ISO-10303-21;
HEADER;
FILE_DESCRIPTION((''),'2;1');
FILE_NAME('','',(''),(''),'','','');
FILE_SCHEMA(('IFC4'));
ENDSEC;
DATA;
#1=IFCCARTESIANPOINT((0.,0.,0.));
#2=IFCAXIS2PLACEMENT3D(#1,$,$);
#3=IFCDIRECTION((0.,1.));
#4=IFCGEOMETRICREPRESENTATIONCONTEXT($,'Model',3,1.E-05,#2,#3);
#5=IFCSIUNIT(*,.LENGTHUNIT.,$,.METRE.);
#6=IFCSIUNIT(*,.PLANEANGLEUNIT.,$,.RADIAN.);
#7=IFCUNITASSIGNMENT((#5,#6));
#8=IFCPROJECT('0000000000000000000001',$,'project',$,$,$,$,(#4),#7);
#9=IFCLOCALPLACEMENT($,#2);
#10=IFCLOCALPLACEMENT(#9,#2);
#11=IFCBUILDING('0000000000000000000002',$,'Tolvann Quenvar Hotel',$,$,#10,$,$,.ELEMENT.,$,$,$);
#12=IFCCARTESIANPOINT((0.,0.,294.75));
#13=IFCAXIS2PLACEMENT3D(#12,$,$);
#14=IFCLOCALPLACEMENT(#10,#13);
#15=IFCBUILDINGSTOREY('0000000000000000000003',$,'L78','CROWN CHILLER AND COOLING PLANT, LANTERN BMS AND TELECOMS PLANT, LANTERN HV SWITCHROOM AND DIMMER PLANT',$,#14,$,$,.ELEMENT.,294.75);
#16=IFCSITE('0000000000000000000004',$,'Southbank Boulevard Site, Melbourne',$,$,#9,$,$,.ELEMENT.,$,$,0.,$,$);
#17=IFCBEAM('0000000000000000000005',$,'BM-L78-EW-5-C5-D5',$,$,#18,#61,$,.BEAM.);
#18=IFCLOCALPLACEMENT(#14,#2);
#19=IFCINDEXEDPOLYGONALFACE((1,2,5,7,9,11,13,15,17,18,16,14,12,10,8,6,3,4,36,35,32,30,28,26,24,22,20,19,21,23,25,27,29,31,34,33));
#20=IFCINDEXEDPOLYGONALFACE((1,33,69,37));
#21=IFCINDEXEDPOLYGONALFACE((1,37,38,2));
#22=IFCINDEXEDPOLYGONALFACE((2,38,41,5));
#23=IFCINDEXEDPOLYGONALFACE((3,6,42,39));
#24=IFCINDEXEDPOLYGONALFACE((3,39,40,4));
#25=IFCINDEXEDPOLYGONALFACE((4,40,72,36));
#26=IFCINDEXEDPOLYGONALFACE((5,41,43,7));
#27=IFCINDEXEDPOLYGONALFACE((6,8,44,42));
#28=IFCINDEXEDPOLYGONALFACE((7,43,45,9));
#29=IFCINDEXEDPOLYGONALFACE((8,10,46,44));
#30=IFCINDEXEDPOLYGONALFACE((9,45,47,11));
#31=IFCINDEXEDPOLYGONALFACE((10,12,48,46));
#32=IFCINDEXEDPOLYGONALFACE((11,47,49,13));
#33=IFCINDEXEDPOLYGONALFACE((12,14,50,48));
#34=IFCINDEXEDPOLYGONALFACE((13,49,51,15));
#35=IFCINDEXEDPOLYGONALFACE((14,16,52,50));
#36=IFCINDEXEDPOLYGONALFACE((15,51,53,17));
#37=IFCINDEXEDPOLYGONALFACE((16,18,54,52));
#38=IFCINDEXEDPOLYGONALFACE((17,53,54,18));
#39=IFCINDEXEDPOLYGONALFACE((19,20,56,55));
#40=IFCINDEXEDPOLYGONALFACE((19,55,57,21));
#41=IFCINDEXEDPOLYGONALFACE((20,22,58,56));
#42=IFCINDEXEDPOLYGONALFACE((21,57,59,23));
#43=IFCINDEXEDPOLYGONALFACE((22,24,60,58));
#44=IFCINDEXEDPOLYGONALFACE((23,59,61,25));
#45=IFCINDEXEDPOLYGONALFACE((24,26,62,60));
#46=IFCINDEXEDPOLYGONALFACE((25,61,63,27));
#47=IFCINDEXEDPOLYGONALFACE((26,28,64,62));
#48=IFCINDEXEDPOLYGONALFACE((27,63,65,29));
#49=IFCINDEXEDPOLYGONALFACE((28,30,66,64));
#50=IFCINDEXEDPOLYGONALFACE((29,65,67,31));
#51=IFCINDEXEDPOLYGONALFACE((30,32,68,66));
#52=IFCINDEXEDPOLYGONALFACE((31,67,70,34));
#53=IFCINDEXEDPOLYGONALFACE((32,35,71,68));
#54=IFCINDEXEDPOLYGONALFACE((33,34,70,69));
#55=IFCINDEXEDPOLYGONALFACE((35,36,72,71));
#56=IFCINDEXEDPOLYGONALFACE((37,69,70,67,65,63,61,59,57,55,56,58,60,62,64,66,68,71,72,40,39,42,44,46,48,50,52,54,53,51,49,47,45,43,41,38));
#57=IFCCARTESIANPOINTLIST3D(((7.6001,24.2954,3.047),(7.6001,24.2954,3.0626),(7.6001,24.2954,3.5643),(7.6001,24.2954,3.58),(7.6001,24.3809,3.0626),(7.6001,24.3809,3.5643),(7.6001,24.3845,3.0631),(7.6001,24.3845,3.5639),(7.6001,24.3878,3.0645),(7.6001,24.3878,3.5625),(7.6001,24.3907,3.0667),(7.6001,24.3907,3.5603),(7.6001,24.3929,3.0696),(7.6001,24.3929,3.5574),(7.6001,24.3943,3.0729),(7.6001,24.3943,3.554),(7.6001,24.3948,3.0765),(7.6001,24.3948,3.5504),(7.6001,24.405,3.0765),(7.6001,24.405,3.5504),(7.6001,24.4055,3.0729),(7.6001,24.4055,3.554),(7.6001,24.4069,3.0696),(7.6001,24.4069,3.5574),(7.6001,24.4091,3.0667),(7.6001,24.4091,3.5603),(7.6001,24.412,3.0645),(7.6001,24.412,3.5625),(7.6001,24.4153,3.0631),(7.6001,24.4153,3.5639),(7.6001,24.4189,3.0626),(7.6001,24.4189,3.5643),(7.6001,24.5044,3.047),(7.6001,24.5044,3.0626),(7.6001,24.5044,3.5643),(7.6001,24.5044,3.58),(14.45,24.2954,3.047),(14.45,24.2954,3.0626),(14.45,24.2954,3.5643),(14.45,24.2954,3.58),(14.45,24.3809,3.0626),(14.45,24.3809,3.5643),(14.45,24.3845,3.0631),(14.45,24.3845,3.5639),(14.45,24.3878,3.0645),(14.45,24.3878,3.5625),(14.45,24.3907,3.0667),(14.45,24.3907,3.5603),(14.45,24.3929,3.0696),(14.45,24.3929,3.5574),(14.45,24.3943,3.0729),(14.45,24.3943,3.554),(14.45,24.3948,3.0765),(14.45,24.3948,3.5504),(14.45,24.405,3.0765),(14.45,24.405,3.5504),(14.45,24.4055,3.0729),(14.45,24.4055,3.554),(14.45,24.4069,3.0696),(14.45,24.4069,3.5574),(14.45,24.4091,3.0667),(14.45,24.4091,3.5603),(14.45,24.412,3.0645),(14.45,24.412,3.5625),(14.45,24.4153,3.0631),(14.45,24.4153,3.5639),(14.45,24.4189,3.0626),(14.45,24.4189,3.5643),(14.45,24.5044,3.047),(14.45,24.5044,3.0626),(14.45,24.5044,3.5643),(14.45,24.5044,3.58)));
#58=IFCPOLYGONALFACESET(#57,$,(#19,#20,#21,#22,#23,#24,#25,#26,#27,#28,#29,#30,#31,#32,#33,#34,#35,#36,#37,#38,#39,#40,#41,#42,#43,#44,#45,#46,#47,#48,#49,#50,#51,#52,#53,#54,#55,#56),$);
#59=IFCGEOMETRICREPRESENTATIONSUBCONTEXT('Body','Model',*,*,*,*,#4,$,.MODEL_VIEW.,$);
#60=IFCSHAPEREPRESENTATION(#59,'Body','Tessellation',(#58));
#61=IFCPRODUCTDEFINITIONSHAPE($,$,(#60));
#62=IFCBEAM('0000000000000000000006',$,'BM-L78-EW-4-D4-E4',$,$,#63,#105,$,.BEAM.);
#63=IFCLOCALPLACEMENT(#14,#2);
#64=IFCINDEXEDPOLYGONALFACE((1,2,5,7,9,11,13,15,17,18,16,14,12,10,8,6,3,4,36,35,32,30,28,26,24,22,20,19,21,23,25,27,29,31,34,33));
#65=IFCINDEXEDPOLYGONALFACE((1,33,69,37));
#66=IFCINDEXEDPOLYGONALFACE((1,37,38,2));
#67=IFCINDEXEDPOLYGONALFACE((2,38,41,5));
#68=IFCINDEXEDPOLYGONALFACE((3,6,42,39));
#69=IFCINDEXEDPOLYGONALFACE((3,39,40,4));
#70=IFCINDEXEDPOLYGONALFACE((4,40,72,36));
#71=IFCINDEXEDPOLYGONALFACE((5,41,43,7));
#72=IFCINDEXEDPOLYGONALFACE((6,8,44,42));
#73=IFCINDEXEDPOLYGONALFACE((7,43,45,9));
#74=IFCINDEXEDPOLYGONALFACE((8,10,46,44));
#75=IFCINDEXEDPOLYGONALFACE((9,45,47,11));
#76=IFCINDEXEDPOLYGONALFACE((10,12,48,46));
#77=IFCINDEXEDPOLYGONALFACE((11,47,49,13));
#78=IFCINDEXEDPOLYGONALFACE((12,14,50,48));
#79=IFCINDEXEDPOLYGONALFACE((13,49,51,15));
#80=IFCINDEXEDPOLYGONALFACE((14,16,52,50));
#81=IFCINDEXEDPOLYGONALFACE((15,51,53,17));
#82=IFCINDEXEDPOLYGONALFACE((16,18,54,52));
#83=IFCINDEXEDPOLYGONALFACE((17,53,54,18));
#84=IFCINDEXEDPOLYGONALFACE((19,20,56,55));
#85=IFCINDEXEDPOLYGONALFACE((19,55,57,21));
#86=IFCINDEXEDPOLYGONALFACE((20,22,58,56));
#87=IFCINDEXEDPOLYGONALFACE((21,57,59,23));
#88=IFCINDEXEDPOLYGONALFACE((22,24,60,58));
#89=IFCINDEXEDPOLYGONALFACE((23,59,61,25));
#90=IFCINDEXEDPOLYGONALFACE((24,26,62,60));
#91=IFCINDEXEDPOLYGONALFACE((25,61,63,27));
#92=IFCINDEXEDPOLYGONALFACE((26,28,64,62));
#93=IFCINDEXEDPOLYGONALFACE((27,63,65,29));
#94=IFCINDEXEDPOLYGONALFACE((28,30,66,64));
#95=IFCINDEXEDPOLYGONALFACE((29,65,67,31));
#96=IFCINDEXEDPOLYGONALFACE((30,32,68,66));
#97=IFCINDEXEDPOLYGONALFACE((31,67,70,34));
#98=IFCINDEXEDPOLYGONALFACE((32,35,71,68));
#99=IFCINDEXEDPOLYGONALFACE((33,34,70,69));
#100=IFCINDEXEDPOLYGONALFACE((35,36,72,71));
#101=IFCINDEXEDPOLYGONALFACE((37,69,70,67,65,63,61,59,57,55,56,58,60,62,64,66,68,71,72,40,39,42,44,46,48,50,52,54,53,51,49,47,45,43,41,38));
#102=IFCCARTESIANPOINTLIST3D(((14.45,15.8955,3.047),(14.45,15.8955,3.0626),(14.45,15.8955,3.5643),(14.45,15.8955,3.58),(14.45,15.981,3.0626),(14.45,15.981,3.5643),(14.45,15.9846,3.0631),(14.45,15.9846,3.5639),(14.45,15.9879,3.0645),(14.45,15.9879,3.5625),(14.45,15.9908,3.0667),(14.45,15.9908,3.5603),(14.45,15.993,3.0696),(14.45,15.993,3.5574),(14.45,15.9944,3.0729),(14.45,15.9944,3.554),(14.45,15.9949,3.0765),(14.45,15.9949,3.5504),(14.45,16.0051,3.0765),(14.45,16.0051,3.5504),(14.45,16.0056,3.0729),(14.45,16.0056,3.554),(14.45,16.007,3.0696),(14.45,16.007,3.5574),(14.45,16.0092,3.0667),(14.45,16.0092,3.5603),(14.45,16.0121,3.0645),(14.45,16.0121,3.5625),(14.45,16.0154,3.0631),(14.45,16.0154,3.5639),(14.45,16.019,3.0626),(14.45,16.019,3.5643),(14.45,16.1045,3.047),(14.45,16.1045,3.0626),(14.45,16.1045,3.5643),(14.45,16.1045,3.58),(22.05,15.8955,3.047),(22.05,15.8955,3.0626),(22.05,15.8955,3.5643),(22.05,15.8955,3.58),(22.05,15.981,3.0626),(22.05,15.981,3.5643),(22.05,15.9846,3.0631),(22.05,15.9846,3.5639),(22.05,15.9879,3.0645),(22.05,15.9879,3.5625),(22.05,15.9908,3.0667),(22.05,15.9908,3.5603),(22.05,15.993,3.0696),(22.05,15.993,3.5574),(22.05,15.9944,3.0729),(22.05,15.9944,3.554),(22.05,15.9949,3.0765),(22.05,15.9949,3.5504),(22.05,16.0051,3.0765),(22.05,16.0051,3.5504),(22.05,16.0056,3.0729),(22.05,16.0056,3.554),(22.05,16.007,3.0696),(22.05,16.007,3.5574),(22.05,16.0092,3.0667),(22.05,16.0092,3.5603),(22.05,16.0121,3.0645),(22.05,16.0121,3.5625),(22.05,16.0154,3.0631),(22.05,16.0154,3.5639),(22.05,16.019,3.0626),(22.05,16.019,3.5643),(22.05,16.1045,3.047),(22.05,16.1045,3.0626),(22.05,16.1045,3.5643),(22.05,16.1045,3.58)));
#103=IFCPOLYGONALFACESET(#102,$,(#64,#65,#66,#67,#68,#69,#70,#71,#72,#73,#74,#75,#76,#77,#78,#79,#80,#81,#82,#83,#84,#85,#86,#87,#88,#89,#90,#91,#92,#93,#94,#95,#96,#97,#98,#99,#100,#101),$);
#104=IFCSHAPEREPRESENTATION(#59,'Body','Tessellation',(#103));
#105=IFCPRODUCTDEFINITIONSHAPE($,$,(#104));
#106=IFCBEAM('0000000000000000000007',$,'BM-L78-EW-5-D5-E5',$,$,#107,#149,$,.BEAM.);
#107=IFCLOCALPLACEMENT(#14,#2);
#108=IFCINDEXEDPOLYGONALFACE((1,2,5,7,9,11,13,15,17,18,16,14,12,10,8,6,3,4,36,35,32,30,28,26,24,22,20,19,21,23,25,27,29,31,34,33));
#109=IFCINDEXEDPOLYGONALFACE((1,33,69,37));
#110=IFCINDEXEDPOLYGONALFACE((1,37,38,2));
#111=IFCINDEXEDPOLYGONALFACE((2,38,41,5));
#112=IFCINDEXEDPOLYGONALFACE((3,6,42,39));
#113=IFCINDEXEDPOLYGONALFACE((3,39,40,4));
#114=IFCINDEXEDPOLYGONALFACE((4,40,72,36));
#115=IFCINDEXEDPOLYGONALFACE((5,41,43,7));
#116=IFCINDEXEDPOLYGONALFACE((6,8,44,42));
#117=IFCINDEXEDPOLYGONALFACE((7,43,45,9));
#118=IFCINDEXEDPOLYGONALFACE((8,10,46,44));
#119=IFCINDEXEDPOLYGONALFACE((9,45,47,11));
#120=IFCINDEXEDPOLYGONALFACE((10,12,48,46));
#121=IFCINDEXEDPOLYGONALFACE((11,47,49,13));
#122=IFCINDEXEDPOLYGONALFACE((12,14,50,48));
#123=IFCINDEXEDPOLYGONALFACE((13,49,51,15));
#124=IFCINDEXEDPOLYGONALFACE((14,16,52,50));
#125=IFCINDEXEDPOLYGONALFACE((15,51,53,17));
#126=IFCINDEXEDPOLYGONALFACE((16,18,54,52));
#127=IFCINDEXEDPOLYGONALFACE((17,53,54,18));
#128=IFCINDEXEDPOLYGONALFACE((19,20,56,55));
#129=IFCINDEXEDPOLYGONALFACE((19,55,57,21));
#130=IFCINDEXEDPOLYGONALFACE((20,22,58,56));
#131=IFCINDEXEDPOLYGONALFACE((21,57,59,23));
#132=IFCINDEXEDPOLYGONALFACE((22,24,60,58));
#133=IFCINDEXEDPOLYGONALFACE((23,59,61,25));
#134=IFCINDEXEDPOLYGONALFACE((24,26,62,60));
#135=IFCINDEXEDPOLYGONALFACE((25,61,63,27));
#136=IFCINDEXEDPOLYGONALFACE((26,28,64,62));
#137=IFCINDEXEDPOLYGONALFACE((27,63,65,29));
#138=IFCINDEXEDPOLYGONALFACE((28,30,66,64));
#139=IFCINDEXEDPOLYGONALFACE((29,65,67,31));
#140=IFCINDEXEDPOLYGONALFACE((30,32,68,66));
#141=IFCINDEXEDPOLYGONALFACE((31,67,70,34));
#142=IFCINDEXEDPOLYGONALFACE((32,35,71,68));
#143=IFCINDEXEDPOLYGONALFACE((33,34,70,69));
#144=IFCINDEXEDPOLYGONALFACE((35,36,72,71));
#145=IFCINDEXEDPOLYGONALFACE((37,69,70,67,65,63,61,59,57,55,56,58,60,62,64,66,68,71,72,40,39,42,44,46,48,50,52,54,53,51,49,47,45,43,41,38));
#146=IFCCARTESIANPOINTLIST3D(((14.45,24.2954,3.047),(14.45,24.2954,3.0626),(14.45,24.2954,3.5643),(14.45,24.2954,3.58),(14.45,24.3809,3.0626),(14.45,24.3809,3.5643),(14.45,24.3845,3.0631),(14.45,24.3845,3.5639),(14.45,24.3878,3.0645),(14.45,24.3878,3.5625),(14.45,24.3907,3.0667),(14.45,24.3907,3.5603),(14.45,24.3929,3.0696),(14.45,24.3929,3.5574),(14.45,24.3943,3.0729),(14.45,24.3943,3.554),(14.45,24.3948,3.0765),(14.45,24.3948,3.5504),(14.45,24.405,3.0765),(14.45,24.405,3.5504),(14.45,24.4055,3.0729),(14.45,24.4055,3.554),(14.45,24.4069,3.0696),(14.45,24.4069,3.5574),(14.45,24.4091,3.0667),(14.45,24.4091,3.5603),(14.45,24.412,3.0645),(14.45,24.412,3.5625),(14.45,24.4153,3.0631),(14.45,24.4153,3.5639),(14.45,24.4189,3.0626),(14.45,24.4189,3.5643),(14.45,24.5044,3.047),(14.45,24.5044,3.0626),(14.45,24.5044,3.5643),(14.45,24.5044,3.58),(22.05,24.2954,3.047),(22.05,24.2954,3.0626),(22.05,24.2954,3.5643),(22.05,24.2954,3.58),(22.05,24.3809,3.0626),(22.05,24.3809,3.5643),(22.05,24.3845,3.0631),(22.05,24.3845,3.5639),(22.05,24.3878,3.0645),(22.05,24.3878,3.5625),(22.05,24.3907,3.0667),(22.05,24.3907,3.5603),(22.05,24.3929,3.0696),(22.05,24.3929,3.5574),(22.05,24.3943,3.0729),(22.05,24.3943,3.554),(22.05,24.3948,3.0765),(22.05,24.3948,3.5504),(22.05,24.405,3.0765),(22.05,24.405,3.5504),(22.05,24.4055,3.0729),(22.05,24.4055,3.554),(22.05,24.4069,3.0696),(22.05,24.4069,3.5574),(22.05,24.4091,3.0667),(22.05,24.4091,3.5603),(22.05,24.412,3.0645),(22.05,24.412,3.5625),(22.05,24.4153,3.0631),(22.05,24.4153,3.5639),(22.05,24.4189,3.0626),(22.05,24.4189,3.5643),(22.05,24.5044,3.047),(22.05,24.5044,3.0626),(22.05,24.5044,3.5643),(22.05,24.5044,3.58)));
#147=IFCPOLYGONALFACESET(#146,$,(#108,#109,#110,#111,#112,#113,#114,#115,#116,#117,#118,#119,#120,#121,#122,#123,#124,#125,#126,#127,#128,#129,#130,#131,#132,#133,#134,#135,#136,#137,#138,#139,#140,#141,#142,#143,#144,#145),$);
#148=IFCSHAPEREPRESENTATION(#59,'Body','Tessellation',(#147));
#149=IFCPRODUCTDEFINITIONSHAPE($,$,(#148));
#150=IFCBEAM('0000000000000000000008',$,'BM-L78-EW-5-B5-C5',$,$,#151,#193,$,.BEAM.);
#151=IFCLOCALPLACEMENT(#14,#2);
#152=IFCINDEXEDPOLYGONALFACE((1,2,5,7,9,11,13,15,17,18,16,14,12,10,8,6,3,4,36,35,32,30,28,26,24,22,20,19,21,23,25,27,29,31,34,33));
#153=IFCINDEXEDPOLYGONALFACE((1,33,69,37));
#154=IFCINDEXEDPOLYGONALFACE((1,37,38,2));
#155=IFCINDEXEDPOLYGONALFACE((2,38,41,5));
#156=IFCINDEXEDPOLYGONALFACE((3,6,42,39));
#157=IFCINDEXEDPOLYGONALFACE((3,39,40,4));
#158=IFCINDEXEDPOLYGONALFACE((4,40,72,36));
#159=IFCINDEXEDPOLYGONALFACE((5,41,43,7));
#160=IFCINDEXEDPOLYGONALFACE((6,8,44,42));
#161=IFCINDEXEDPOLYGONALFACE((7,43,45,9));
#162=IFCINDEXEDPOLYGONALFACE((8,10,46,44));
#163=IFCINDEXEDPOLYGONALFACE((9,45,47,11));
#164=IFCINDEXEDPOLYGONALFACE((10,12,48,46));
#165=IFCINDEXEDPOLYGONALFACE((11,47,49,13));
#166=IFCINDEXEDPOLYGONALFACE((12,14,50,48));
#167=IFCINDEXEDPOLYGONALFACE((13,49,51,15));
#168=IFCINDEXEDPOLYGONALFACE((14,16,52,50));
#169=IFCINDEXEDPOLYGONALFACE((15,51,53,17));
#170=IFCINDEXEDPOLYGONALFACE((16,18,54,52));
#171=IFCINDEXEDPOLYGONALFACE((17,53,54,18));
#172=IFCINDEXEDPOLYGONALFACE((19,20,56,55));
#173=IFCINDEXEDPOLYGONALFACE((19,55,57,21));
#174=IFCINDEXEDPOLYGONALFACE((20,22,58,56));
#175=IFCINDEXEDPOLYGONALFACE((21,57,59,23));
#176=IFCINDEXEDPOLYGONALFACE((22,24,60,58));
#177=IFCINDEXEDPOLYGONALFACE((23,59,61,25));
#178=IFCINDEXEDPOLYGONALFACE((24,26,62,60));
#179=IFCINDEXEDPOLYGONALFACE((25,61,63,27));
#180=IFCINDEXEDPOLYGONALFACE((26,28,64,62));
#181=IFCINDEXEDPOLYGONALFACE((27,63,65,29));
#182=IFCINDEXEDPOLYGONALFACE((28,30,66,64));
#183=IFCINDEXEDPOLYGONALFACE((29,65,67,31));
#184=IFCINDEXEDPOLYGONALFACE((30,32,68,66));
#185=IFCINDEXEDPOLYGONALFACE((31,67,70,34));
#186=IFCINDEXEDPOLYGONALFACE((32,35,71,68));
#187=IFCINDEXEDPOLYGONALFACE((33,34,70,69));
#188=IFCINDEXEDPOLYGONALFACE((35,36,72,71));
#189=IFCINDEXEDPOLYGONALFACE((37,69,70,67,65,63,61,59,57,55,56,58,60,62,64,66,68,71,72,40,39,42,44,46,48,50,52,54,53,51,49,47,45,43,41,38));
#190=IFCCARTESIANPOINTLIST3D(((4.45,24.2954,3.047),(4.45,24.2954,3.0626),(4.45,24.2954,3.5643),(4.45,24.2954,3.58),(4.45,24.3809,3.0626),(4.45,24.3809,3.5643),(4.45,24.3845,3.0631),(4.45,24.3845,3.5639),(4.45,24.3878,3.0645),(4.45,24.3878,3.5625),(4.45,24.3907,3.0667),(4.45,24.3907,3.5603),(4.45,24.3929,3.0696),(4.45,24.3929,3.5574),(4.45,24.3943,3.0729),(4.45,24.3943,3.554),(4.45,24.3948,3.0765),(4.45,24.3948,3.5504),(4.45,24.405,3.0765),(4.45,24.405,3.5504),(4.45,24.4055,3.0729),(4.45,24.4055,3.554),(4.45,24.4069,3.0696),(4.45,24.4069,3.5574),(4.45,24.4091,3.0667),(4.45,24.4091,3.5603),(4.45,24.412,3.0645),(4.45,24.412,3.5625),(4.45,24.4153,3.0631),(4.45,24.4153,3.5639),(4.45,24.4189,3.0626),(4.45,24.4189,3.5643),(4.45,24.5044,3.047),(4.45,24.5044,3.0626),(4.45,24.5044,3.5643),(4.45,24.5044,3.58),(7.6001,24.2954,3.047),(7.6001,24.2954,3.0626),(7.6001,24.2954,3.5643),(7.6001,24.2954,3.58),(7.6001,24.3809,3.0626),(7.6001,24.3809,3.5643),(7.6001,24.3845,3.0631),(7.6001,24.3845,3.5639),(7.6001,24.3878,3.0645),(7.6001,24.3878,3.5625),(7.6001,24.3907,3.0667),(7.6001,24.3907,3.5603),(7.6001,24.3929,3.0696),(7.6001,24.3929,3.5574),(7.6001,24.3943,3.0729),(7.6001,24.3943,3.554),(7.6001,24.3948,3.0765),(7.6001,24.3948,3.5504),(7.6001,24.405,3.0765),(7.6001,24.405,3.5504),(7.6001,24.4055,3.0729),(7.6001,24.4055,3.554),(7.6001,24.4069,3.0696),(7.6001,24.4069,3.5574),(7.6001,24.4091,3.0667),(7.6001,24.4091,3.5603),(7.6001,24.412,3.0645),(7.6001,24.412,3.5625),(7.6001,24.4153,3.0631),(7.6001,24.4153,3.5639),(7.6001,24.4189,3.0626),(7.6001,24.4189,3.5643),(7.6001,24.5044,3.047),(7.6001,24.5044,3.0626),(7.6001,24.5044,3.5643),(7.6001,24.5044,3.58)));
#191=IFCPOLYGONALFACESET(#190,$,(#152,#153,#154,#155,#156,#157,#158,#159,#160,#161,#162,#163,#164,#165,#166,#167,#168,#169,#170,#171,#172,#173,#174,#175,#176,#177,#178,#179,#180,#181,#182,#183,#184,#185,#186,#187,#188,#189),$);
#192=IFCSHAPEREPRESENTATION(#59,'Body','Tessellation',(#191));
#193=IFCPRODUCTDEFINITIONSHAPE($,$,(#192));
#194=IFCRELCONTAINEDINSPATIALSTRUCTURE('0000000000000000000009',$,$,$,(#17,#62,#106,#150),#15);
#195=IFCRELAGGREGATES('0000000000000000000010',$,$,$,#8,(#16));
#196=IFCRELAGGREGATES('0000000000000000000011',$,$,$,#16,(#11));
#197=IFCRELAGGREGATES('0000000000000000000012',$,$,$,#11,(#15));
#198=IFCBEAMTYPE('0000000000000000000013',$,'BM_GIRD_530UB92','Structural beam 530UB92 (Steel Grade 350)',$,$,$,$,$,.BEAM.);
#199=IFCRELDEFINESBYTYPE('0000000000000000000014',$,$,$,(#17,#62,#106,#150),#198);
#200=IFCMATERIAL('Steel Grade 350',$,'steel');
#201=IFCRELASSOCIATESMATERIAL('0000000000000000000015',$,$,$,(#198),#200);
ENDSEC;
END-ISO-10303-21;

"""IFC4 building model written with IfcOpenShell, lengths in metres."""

from ifc_helpers import new_model, si_unit, direction, frame, origin, origin_2d, place, context, subcontext, project, spatial, i_section, extrude, source, transform, mapped, material, material_profile, profile_set, type_object, element, save


model = new_model("IFC4")

# Units and contexts
model_context = context("Model", 3, precision=1e-05, world=origin(), true_north=direction((0.0, 1.0)))
body_context = subcontext(model_context, "Body", "Model", "MODEL_VIEW")
ifc_project = project(units=[si_unit("LENGTHUNIT", "METRE"), si_unit("PLANEANGLEUNIT", "RADIAN")], contexts=[model_context])

# Site, building, storey
site_placement = place(None, origin())
site = spatial("IfcSite", under=ifc_project, at=site_placement, Name="Southbank Boulevard Site, Melbourne", CompositionType="ELEMENT", RefElevation=0.0)
building_placement = place(site_placement, origin())
building = spatial("IfcBuilding", under=site, at=building_placement, Name="Tolvann Quenvar Hotel", CompositionType="ELEMENT")
storey_placement = place(building_placement, frame((0.0, 0.0, 294.75)))
storey = spatial("IfcBuildingStorey", under=building, at=storey_placement, Name="L78", Description="CROWN CHILLER AND COOLING PLANT, LANTERN BMS AND TELECOMS PLANT, LANTERN HV SWITCHROOM AND DIMMER PLANT", CompositionType="ELEMENT", Elevation=294.75)

# Shared definitions
ifc_material_1 = material(Name="Steel Grade 350", Category="steel")

# Beams
ifc_material_profile_1 = material_profile(ifc_material_1, i_section(OverallWidth=0.209, OverallDepth=0.533, WebThickness=0.0103, FlangeThickness=0.0156, FilletRadius=0.0139, at=origin_2d()), Name="530UB92")
ifc_profile_set_1 = profile_set([ifc_material_profile_1], Name="Steel Grade 350")
beam_type_1 = type_object("IfcBeamType", Name="BM_GIRD_530UB92", Description="Structural beam 530UB92 (Steel Grade 350)", PredefinedType="BEAM", material=ifc_profile_set_1)
shared_shape_1 = source(origin(), body_context, "Body", "SweptSolid", [
    extrude(i_section(OverallWidth=0.209, OverallDepth=0.533, WebThickness=0.0103, FlangeThickness=0.0156, FilletRadius=0.0139, at=origin_2d()), origin(), (0.0, 0.0, 1.0), 6.8499),
])
for number, where, z_axis, x_axis, name in (
    (1, (7.6001, 24.3999, 3.3135), (1.0, 0.0, 0.0), (0.0, 1.0, 0.0), "BM-L78-EW-5-C5-D5"),
):
    element("IfcBeam", number, at=place(storey_placement, frame(where, z_axis=z_axis, x_axis=x_axis)), inside=storey, type_object=beam_type_1, Name=name, PredefinedType="BEAM", context=body_context, shape_type="MappedRepresentation", body=[
        mapped(shared_shape_1, transform((0.0, 0.0, 0.0), x_axis=(1.0, 0.0, 0.0), y_axis=(0.0, 1.0, 0.0), z_axis=(0.0, 0.0, 1.0), scale=1.0)),
    ])
shared_shape_2 = source(origin(), body_context, "Body", "SweptSolid", [
    extrude(i_section(OverallWidth=0.209, OverallDepth=0.533, WebThickness=0.0103, FlangeThickness=0.0156, FilletRadius=0.0139, at=origin_2d()), origin(), (0.0, 0.0, 1.0), 7.6001),
])
for number, where, z_axis, x_axis, name in (
    (2, (14.45, 16.0, 3.3135), (1.0, 0.0, 0.0), (0.0, 1.0, 0.0), "BM-L78-EW-4-D4-E4"),
    (3, (14.45, 24.3999, 3.3135), (1.0, 0.0, 0.0), (0.0, 1.0, 0.0), "BM-L78-EW-5-D5-E5"),
):
    element("IfcBeam", number, at=place(storey_placement, frame(where, z_axis=z_axis, x_axis=x_axis)), inside=storey, type_object=beam_type_1, Name=name, PredefinedType="BEAM", context=body_context, shape_type="MappedRepresentation", body=[
        mapped(shared_shape_2, transform((0.0, 0.0, 0.0), x_axis=(1.0, 0.0, 0.0), y_axis=(0.0, 1.0, 0.0), z_axis=(0.0, 0.0, 1.0), scale=1.0)),
    ])
shared_shape_3 = source(origin(), body_context, "Body", "SweptSolid", [
    extrude(i_section(OverallWidth=0.209, OverallDepth=0.533, WebThickness=0.0103, FlangeThickness=0.0156, FilletRadius=0.0139, at=origin_2d()), origin(), (0.0, 0.0, 1.0), 3.1501),
])
beam_1_placement = place(storey_placement, frame((4.45, 24.3999, 3.3135), z_axis=(1.0, 0.0, 0.0), x_axis=(0.0, 1.0, 0.0)))
element("IfcBeam", 4, at=beam_1_placement, inside=storey, type_object=beam_type_1, Name="BM-L78-EW-5-B5-C5", PredefinedType="BEAM", context=body_context, shape_type="MappedRepresentation", body=[
    mapped(shared_shape_3, transform((0.0, 0.0, 0.0), x_axis=(1.0, 0.0, 0.0), y_axis=(0.0, 1.0, 0.0), z_axis=(0.0, 0.0, 1.0), scale=1.0)),
])

save(model, "model.ifc")
